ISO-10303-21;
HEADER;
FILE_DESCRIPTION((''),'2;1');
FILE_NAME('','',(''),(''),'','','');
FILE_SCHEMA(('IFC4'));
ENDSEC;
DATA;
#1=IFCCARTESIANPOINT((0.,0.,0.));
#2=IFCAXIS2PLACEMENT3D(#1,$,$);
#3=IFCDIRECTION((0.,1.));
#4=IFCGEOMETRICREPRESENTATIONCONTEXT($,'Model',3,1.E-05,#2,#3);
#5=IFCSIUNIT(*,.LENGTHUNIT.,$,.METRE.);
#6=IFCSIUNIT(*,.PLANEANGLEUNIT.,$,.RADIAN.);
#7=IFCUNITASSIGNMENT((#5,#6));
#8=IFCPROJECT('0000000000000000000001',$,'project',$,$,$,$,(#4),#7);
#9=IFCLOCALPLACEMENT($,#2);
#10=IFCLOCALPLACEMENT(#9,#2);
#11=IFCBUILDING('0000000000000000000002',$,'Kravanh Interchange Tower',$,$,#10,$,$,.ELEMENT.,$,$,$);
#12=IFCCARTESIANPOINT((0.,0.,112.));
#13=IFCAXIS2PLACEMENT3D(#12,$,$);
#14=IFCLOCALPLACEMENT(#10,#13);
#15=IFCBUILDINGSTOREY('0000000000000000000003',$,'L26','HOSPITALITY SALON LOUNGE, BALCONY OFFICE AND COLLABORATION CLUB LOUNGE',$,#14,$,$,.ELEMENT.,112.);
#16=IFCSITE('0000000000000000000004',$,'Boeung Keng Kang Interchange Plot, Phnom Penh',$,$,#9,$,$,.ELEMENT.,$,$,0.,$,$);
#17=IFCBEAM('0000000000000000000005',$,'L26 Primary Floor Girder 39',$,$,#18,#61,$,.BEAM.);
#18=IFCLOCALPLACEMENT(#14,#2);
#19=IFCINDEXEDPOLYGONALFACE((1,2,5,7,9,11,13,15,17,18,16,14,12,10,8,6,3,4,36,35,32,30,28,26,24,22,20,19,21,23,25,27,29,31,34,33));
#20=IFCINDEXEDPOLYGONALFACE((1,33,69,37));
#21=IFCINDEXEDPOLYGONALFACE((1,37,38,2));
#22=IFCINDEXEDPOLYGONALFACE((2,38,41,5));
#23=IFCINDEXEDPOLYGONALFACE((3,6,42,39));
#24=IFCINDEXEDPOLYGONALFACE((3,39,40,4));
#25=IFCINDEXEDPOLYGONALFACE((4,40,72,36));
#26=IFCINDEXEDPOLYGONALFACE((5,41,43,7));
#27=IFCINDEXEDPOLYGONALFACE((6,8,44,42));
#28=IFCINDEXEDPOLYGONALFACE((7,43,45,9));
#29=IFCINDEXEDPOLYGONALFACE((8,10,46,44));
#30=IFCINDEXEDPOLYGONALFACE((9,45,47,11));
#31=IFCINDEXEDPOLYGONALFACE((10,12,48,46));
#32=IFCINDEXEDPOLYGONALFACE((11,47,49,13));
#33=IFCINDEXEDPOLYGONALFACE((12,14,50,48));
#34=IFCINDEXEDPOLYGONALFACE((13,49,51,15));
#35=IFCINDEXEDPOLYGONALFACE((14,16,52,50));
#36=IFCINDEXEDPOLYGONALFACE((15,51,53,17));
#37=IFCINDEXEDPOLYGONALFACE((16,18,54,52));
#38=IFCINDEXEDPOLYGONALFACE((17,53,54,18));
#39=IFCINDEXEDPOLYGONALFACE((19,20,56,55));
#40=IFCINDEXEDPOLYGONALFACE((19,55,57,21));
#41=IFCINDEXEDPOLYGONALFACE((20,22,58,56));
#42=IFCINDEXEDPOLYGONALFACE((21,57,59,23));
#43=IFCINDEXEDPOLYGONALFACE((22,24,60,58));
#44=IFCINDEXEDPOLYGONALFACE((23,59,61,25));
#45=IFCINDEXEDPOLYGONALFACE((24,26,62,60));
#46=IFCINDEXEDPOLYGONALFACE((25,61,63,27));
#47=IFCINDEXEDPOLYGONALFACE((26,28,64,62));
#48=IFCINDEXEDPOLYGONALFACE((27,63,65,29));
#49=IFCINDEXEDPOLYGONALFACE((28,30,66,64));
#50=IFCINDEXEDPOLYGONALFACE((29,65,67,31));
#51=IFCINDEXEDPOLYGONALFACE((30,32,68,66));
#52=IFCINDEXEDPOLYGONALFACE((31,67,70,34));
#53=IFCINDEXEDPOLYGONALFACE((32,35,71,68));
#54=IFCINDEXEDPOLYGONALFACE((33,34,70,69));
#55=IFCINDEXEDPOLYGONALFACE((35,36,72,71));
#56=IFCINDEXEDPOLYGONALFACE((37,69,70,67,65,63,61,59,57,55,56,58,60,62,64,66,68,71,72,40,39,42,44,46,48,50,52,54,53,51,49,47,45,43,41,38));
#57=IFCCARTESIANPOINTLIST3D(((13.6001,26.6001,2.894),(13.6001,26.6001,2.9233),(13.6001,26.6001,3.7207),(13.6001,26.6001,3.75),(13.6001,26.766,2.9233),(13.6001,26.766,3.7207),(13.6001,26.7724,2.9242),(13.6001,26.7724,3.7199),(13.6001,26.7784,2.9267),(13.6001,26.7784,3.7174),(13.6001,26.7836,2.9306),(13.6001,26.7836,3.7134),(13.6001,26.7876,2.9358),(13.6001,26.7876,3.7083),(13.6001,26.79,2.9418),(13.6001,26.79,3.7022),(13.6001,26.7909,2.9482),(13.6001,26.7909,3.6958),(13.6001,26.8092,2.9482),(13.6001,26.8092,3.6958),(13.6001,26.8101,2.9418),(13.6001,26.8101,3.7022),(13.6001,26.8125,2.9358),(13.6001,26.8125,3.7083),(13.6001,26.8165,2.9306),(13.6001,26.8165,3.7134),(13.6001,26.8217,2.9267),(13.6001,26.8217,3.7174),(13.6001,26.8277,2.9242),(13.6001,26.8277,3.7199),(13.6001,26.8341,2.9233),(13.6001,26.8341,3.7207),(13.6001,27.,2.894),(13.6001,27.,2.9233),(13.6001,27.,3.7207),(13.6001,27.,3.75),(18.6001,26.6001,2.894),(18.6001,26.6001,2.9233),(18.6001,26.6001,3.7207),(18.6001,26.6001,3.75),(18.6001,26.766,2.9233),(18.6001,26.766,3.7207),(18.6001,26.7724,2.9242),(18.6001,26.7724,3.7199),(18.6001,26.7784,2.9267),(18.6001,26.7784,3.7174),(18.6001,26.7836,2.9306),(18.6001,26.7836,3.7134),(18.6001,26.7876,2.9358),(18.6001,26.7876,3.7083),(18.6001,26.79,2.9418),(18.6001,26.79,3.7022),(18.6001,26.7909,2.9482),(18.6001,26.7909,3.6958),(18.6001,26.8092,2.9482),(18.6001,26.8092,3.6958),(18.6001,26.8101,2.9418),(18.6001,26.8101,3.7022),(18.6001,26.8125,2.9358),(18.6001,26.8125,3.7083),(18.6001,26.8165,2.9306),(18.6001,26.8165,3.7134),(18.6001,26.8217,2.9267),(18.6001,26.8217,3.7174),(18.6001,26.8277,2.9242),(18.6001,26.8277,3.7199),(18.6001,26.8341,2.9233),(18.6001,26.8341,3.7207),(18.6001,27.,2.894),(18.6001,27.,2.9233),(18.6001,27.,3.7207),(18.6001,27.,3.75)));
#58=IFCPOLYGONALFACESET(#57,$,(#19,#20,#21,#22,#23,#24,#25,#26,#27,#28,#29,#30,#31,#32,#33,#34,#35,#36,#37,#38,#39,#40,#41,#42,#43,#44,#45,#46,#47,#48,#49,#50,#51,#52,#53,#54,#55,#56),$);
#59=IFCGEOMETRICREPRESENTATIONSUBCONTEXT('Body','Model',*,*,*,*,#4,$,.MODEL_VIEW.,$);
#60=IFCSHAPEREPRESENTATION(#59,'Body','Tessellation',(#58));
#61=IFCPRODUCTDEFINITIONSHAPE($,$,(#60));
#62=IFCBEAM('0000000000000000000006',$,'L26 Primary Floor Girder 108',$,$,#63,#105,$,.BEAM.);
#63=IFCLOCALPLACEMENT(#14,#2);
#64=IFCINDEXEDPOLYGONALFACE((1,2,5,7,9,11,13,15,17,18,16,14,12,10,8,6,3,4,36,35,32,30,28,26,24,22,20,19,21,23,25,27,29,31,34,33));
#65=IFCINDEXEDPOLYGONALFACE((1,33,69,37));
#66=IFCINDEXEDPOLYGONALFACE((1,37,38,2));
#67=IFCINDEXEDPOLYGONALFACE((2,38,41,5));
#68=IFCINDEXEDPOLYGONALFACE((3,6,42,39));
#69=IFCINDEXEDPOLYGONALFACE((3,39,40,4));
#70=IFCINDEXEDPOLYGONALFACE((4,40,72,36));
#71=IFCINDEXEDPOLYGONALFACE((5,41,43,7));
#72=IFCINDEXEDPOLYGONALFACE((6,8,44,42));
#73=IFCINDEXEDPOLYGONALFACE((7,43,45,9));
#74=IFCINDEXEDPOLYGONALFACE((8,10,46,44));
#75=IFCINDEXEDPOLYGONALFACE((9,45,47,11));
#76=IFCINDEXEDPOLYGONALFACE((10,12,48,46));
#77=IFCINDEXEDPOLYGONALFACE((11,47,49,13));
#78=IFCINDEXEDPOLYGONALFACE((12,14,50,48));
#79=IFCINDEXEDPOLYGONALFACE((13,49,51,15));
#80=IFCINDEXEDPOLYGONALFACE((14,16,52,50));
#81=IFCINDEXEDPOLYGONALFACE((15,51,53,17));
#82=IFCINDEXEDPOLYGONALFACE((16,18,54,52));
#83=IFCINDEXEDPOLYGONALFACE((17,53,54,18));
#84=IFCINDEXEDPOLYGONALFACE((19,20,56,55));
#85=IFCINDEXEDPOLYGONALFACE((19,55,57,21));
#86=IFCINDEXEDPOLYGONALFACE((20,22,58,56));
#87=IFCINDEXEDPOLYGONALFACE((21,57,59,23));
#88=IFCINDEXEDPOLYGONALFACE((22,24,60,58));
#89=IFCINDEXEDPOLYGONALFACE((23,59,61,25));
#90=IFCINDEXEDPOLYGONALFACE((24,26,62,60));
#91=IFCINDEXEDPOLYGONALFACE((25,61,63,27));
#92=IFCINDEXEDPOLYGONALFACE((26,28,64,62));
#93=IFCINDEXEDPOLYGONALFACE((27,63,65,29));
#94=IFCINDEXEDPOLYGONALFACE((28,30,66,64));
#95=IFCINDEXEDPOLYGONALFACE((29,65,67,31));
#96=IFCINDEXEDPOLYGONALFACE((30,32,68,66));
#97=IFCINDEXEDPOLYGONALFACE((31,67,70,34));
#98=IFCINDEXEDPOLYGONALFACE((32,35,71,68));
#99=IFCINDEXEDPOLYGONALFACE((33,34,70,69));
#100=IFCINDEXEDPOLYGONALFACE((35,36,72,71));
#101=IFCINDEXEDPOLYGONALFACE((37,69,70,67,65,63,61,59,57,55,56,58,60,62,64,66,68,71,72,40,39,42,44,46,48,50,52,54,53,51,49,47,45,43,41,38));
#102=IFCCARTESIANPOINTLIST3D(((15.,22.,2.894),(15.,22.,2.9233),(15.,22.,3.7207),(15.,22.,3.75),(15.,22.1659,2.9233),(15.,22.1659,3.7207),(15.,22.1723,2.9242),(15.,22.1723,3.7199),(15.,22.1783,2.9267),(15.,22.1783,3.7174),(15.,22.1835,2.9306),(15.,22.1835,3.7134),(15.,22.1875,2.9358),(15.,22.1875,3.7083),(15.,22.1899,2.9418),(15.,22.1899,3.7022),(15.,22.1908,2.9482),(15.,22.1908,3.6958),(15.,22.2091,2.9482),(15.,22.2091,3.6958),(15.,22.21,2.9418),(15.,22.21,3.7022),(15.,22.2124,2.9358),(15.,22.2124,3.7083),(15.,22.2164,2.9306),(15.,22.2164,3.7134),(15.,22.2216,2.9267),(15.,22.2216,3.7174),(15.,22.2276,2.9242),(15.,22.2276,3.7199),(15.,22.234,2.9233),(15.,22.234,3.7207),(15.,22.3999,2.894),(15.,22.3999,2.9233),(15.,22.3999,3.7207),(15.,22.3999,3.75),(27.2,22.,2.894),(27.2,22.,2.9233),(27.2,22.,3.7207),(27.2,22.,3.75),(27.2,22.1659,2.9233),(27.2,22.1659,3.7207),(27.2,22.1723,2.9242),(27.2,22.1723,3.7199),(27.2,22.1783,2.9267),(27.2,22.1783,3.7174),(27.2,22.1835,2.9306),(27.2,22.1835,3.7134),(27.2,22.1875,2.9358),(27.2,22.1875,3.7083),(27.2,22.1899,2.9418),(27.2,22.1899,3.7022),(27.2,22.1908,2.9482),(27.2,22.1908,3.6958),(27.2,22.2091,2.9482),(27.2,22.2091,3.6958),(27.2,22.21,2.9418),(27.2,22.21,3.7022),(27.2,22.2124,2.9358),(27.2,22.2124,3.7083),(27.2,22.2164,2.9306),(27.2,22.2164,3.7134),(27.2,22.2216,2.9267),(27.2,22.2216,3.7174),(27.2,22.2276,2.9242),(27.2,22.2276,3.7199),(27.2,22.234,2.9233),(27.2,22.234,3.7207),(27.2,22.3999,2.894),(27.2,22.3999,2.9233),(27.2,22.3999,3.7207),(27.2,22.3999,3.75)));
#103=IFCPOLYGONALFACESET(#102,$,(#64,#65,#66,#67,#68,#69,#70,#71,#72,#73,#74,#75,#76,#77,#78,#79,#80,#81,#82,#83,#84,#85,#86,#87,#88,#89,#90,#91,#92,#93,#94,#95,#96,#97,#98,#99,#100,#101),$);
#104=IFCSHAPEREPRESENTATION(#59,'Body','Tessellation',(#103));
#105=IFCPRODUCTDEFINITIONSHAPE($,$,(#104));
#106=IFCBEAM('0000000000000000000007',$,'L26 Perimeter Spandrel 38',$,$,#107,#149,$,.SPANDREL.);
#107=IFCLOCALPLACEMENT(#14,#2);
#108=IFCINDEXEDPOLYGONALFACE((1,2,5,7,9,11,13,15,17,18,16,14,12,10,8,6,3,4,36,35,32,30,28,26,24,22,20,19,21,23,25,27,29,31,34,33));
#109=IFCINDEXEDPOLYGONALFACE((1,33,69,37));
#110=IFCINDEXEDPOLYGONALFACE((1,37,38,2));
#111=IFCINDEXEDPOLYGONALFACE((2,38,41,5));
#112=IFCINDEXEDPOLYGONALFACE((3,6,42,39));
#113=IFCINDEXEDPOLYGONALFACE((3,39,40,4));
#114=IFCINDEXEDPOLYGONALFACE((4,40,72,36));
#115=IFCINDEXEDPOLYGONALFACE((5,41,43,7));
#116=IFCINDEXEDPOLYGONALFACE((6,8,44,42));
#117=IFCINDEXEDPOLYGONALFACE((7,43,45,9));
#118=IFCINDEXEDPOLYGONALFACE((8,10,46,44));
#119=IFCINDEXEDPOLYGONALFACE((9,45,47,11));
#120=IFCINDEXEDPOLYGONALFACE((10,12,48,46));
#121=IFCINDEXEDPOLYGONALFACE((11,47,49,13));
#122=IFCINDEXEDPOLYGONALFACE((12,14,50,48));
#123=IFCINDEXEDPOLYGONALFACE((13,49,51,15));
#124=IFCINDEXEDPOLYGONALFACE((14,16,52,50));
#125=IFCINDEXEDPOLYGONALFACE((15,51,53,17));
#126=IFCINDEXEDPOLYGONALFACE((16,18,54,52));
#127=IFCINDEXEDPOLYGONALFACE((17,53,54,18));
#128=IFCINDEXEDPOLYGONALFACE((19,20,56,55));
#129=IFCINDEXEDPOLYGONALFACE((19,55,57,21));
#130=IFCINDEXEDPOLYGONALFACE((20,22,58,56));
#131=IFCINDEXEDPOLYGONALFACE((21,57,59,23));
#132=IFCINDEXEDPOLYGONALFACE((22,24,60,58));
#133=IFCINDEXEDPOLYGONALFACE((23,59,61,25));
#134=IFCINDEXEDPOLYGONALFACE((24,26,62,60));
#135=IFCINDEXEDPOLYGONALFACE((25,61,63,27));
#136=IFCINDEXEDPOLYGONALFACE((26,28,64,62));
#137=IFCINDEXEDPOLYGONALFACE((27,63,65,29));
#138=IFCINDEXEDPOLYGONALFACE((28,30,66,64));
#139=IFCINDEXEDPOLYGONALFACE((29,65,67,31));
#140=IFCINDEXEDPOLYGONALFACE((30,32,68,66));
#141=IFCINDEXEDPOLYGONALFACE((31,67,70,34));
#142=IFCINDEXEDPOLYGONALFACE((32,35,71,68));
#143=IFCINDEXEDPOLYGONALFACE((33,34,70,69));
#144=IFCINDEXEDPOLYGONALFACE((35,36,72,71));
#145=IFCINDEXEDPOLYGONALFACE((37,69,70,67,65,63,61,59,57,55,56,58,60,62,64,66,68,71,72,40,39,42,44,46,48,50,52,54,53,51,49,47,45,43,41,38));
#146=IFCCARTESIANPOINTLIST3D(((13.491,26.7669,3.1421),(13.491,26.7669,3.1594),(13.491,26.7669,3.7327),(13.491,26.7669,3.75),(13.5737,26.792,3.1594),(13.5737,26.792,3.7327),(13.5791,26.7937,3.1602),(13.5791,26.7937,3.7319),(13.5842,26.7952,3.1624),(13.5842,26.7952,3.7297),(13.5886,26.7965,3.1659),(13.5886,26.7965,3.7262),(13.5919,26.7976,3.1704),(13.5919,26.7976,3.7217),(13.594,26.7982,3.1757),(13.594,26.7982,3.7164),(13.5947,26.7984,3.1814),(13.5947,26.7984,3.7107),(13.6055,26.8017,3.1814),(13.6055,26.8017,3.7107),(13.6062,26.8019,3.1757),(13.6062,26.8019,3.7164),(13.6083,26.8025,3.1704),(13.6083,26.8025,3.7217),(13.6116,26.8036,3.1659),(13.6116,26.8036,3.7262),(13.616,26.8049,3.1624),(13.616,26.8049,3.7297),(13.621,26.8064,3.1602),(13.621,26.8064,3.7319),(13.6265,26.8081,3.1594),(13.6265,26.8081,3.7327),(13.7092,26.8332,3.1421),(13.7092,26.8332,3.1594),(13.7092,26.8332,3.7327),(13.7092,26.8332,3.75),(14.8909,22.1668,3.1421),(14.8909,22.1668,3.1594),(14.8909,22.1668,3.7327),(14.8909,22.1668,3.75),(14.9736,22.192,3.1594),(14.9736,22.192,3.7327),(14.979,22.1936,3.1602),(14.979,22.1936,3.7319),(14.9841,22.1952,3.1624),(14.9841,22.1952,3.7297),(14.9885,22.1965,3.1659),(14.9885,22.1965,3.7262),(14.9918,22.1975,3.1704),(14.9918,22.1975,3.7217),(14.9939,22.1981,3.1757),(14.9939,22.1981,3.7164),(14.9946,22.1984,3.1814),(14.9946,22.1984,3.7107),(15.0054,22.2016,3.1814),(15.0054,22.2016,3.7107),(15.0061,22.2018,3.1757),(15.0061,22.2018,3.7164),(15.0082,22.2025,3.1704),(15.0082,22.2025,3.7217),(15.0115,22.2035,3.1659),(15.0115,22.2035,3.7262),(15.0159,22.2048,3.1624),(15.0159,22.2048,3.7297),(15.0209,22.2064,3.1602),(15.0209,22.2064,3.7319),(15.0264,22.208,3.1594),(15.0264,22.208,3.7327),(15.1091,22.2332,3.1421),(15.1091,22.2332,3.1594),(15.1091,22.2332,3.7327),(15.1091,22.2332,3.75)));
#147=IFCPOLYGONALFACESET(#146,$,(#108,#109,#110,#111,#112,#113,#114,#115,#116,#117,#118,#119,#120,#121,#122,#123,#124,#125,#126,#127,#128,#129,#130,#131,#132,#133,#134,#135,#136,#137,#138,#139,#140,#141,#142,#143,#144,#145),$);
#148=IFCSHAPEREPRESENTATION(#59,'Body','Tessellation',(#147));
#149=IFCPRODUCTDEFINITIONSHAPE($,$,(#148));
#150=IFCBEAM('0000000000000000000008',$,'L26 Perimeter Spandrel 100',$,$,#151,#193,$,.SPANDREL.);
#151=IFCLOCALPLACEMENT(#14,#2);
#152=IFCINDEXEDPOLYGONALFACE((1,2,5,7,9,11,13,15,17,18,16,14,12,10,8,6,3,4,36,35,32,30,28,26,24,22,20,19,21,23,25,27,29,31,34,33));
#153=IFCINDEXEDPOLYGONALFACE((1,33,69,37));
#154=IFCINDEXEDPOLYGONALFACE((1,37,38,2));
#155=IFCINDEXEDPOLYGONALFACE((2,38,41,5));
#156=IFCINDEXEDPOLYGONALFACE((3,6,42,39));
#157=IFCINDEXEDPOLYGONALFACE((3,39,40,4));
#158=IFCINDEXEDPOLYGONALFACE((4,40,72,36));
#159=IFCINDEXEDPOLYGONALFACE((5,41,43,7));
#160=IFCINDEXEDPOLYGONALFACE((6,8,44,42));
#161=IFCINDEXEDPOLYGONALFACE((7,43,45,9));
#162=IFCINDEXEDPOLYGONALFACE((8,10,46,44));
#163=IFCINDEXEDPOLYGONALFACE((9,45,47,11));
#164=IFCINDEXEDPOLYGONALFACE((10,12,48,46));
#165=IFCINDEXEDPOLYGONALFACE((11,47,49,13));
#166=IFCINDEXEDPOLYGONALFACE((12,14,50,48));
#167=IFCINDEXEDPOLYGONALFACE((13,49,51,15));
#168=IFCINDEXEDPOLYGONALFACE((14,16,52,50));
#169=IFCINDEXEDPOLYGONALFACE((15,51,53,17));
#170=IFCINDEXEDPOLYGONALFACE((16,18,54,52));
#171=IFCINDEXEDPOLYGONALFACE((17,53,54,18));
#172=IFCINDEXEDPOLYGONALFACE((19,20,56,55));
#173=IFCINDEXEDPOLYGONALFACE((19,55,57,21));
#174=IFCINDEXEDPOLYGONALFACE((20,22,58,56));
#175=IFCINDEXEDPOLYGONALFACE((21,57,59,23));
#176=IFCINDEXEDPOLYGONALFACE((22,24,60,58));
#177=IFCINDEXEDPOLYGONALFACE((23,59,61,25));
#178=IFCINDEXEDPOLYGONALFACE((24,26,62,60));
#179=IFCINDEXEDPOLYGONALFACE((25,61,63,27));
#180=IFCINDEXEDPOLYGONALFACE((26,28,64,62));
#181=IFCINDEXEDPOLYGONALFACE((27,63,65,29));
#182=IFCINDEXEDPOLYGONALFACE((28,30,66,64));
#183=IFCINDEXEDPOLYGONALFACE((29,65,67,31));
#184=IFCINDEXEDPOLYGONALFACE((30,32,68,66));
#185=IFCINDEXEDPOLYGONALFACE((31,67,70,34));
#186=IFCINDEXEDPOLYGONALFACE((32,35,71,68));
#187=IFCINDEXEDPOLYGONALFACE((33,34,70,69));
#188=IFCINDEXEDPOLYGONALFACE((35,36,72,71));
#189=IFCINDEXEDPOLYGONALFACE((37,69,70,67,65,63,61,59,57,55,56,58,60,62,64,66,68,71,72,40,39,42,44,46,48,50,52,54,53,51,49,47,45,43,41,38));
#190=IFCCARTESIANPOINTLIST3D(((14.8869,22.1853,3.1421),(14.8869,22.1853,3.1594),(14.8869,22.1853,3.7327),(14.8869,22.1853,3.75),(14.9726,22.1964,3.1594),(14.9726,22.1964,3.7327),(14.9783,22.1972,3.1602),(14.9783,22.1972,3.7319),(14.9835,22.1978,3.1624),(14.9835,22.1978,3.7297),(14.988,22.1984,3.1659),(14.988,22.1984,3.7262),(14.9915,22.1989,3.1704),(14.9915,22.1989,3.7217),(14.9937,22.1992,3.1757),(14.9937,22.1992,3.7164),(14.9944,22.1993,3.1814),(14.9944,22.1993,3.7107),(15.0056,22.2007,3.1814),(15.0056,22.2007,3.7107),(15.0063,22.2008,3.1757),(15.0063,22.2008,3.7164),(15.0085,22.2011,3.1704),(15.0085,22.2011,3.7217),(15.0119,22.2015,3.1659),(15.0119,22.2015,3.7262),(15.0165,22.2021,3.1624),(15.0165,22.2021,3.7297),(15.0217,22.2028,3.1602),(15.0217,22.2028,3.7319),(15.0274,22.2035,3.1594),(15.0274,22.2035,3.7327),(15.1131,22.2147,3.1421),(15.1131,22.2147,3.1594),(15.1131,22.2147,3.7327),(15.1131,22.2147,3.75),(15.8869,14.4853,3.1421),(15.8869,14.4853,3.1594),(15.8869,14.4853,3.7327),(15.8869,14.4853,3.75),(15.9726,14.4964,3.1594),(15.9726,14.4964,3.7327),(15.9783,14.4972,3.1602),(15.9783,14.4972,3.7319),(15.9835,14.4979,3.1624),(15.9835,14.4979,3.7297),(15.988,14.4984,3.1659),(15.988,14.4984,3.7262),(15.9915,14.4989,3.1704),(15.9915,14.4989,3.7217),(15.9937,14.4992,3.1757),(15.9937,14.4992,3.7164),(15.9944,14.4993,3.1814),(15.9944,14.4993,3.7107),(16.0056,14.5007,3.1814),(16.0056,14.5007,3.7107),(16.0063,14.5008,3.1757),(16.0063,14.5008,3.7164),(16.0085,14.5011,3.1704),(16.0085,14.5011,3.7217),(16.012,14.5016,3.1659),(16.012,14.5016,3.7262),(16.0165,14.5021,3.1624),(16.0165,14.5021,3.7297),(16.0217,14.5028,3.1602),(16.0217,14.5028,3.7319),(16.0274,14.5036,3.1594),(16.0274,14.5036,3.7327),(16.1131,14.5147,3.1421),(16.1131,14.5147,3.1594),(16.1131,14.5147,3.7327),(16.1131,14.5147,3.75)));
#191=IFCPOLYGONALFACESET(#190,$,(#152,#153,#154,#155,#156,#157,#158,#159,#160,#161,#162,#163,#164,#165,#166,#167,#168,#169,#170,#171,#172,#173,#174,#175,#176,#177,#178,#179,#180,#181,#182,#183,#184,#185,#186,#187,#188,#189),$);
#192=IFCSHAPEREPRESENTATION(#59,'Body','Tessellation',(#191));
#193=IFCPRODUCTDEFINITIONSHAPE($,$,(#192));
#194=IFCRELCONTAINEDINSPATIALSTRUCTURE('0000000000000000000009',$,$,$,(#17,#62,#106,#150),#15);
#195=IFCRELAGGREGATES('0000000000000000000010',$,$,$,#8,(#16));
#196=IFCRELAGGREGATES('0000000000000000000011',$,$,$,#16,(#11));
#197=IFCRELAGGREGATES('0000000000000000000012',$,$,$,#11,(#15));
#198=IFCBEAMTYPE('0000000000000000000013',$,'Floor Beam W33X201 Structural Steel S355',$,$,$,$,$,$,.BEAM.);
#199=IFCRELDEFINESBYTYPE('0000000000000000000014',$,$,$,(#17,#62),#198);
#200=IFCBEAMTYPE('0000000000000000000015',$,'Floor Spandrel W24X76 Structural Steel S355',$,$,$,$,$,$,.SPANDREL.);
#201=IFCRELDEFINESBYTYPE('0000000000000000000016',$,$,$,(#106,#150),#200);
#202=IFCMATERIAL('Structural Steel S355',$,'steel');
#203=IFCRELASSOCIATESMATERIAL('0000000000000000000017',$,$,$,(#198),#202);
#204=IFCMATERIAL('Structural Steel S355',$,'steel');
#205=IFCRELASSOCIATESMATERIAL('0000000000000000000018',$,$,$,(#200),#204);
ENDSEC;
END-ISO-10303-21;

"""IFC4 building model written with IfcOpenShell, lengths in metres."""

from ifc_helpers import new_model, si_unit, direction, frame, origin, origin_2d, place, context, subcontext, project, spatial, i_section, extrude, material, material_profile, profile_set, type_object, element, save


model = new_model("IFC4")

# Units and contexts
model_context = context("Model", 3, precision=1e-05, world=origin(), true_north=direction((0.0, 1.0)))
body_context = subcontext(model_context, "Body", "Model", "MODEL_VIEW")
ifc_project = project(units=[si_unit("LENGTHUNIT", "METRE"), si_unit("PLANEANGLEUNIT", "RADIAN")], contexts=[model_context])

# Site, building, storey
site_placement = place(None, origin())
site = spatial("IfcSite", under=ifc_project, at=site_placement, Name="Boeung Keng Kang Interchange Plot, Phnom Penh", CompositionType="ELEMENT", RefElevation=0.0)
building_placement = place(site_placement, origin())
building = spatial("IfcBuilding", under=site, at=building_placement, Name="Kravanh Interchange Tower", CompositionType="ELEMENT")
storey_placement = place(building_placement, frame((0.0, 0.0, 112.0)))
storey = spatial("IfcBuildingStorey", under=building, at=storey_placement, Name="L26", Description="HOSPITALITY SALON LOUNGE, BALCONY OFFICE AND COLLABORATION CLUB LOUNGE", CompositionType="ELEMENT", Elevation=112.0)

# Beams
ifc_material_1 = material(Name="Structural Steel S355", Category="steel")
ifc_material_profile_1 = material_profile(ifc_material_1, i_section(OverallWidth=0.3999, OverallDepth=0.856, WebThickness=0.0183, FlangeThickness=0.0293, FilletRadius=0.0249, at=origin_2d()), Name="W33X201")
ifc_profile_set_1 = profile_set([ifc_material_profile_1], Name="Structural Steel S355")
beam_type_1 = type_object("IfcBeamType", Name="Floor Beam W33X201 Structural Steel S355", PredefinedType="BEAM", material=ifc_profile_set_1)
beam_1_placement = place(storey_placement, frame((13.6001, 26.8, 3.322), z_axis=(1.0, 0.0, 0.0), x_axis=(0.0, 1.0, 0.0)))
element("IfcBeam", 1, at=beam_1_placement, inside=storey, type_object=beam_type_1, Name="L26 Primary Floor Girder 39", PredefinedType="BEAM", context=body_context, shape_type="SweptSolid", body=[
    extrude(i_section(OverallWidth=0.3999, OverallDepth=0.856, WebThickness=0.0183, FlangeThickness=0.0293, FilletRadius=0.0249, at=origin_2d()), origin(), (0.0, 0.0, 1.0), 5.0),
])
beam_2_placement = place(storey_placement, frame((15.0, 22.2, 3.322), z_axis=(1.0, 0.0, 0.0), x_axis=(0.0, 1.0, 0.0)))
element("IfcBeam", 2, at=beam_2_placement, inside=storey, type_object=beam_type_1, Name="L26 Primary Floor Girder 108", PredefinedType="BEAM", context=body_context, shape_type="SweptSolid", body=[
    extrude(i_section(OverallWidth=0.3999, OverallDepth=0.856, WebThickness=0.0183, FlangeThickness=0.0293, FilletRadius=0.0249, at=origin_2d()), origin(), (0.0, 0.0, 1.0), 12.2),
])
ifc_material_2 = material(Name="Structural Steel S355", Category="steel")
ifc_material_profile_2 = material_profile(ifc_material_2, i_section(OverallWidth=0.228, OverallDepth=0.6079, WebThickness=0.0112, FlangeThickness=0.0173, FilletRadius=0.022, at=origin_2d()), Name="W24X76")
ifc_profile_set_2 = profile_set([ifc_material_profile_2], Name="Structural Steel S355")
beam_type_2 = type_object("IfcBeamType", Name="Floor Spandrel W24X76 Structural Steel S355", PredefinedType="SPANDREL", material=ifc_profile_set_2)
beam_3_placement = place(storey_placement, frame((13.6001, 26.8, 3.446), z_axis=(0.291137, -0.956681, 0.0), x_axis=(0.956681, 0.291137, 0.0)))
element("IfcBeam", 3, at=beam_3_placement, inside=storey, type_object=beam_type_2, Name="L26 Perimeter Spandrel 38", PredefinedType="SPANDREL", context=body_context, shape_type="SweptSolid", body=[
    extrude(i_section(OverallWidth=0.228, OverallDepth=0.6079, WebThickness=0.0112, FlangeThickness=0.0173, FilletRadius=0.022, at=origin_2d()), origin(), (0.0, 0.0, 1.0), 4.8083),
])
beam_4_placement = place(storey_placement, frame((16.0, 14.5, 3.446), z_axis=(-0.128789, 0.991672, 0.0), x_axis=(-0.991672, -0.128789, 0.0)))
element("IfcBeam", 4, at=beam_4_placement, inside=storey, type_object=beam_type_2, Name="L26 Perimeter Spandrel 100", PredefinedType="SPANDREL", context=body_context, shape_type="SweptSolid", body=[
    extrude(i_section(OverallWidth=0.228, OverallDepth=0.6079, WebThickness=0.0112, FlangeThickness=0.0173, FilletRadius=0.022, at=origin_2d()), origin(), (0.0, 0.0, 1.0), 7.7646),
])

save(model, "model.ifc")
